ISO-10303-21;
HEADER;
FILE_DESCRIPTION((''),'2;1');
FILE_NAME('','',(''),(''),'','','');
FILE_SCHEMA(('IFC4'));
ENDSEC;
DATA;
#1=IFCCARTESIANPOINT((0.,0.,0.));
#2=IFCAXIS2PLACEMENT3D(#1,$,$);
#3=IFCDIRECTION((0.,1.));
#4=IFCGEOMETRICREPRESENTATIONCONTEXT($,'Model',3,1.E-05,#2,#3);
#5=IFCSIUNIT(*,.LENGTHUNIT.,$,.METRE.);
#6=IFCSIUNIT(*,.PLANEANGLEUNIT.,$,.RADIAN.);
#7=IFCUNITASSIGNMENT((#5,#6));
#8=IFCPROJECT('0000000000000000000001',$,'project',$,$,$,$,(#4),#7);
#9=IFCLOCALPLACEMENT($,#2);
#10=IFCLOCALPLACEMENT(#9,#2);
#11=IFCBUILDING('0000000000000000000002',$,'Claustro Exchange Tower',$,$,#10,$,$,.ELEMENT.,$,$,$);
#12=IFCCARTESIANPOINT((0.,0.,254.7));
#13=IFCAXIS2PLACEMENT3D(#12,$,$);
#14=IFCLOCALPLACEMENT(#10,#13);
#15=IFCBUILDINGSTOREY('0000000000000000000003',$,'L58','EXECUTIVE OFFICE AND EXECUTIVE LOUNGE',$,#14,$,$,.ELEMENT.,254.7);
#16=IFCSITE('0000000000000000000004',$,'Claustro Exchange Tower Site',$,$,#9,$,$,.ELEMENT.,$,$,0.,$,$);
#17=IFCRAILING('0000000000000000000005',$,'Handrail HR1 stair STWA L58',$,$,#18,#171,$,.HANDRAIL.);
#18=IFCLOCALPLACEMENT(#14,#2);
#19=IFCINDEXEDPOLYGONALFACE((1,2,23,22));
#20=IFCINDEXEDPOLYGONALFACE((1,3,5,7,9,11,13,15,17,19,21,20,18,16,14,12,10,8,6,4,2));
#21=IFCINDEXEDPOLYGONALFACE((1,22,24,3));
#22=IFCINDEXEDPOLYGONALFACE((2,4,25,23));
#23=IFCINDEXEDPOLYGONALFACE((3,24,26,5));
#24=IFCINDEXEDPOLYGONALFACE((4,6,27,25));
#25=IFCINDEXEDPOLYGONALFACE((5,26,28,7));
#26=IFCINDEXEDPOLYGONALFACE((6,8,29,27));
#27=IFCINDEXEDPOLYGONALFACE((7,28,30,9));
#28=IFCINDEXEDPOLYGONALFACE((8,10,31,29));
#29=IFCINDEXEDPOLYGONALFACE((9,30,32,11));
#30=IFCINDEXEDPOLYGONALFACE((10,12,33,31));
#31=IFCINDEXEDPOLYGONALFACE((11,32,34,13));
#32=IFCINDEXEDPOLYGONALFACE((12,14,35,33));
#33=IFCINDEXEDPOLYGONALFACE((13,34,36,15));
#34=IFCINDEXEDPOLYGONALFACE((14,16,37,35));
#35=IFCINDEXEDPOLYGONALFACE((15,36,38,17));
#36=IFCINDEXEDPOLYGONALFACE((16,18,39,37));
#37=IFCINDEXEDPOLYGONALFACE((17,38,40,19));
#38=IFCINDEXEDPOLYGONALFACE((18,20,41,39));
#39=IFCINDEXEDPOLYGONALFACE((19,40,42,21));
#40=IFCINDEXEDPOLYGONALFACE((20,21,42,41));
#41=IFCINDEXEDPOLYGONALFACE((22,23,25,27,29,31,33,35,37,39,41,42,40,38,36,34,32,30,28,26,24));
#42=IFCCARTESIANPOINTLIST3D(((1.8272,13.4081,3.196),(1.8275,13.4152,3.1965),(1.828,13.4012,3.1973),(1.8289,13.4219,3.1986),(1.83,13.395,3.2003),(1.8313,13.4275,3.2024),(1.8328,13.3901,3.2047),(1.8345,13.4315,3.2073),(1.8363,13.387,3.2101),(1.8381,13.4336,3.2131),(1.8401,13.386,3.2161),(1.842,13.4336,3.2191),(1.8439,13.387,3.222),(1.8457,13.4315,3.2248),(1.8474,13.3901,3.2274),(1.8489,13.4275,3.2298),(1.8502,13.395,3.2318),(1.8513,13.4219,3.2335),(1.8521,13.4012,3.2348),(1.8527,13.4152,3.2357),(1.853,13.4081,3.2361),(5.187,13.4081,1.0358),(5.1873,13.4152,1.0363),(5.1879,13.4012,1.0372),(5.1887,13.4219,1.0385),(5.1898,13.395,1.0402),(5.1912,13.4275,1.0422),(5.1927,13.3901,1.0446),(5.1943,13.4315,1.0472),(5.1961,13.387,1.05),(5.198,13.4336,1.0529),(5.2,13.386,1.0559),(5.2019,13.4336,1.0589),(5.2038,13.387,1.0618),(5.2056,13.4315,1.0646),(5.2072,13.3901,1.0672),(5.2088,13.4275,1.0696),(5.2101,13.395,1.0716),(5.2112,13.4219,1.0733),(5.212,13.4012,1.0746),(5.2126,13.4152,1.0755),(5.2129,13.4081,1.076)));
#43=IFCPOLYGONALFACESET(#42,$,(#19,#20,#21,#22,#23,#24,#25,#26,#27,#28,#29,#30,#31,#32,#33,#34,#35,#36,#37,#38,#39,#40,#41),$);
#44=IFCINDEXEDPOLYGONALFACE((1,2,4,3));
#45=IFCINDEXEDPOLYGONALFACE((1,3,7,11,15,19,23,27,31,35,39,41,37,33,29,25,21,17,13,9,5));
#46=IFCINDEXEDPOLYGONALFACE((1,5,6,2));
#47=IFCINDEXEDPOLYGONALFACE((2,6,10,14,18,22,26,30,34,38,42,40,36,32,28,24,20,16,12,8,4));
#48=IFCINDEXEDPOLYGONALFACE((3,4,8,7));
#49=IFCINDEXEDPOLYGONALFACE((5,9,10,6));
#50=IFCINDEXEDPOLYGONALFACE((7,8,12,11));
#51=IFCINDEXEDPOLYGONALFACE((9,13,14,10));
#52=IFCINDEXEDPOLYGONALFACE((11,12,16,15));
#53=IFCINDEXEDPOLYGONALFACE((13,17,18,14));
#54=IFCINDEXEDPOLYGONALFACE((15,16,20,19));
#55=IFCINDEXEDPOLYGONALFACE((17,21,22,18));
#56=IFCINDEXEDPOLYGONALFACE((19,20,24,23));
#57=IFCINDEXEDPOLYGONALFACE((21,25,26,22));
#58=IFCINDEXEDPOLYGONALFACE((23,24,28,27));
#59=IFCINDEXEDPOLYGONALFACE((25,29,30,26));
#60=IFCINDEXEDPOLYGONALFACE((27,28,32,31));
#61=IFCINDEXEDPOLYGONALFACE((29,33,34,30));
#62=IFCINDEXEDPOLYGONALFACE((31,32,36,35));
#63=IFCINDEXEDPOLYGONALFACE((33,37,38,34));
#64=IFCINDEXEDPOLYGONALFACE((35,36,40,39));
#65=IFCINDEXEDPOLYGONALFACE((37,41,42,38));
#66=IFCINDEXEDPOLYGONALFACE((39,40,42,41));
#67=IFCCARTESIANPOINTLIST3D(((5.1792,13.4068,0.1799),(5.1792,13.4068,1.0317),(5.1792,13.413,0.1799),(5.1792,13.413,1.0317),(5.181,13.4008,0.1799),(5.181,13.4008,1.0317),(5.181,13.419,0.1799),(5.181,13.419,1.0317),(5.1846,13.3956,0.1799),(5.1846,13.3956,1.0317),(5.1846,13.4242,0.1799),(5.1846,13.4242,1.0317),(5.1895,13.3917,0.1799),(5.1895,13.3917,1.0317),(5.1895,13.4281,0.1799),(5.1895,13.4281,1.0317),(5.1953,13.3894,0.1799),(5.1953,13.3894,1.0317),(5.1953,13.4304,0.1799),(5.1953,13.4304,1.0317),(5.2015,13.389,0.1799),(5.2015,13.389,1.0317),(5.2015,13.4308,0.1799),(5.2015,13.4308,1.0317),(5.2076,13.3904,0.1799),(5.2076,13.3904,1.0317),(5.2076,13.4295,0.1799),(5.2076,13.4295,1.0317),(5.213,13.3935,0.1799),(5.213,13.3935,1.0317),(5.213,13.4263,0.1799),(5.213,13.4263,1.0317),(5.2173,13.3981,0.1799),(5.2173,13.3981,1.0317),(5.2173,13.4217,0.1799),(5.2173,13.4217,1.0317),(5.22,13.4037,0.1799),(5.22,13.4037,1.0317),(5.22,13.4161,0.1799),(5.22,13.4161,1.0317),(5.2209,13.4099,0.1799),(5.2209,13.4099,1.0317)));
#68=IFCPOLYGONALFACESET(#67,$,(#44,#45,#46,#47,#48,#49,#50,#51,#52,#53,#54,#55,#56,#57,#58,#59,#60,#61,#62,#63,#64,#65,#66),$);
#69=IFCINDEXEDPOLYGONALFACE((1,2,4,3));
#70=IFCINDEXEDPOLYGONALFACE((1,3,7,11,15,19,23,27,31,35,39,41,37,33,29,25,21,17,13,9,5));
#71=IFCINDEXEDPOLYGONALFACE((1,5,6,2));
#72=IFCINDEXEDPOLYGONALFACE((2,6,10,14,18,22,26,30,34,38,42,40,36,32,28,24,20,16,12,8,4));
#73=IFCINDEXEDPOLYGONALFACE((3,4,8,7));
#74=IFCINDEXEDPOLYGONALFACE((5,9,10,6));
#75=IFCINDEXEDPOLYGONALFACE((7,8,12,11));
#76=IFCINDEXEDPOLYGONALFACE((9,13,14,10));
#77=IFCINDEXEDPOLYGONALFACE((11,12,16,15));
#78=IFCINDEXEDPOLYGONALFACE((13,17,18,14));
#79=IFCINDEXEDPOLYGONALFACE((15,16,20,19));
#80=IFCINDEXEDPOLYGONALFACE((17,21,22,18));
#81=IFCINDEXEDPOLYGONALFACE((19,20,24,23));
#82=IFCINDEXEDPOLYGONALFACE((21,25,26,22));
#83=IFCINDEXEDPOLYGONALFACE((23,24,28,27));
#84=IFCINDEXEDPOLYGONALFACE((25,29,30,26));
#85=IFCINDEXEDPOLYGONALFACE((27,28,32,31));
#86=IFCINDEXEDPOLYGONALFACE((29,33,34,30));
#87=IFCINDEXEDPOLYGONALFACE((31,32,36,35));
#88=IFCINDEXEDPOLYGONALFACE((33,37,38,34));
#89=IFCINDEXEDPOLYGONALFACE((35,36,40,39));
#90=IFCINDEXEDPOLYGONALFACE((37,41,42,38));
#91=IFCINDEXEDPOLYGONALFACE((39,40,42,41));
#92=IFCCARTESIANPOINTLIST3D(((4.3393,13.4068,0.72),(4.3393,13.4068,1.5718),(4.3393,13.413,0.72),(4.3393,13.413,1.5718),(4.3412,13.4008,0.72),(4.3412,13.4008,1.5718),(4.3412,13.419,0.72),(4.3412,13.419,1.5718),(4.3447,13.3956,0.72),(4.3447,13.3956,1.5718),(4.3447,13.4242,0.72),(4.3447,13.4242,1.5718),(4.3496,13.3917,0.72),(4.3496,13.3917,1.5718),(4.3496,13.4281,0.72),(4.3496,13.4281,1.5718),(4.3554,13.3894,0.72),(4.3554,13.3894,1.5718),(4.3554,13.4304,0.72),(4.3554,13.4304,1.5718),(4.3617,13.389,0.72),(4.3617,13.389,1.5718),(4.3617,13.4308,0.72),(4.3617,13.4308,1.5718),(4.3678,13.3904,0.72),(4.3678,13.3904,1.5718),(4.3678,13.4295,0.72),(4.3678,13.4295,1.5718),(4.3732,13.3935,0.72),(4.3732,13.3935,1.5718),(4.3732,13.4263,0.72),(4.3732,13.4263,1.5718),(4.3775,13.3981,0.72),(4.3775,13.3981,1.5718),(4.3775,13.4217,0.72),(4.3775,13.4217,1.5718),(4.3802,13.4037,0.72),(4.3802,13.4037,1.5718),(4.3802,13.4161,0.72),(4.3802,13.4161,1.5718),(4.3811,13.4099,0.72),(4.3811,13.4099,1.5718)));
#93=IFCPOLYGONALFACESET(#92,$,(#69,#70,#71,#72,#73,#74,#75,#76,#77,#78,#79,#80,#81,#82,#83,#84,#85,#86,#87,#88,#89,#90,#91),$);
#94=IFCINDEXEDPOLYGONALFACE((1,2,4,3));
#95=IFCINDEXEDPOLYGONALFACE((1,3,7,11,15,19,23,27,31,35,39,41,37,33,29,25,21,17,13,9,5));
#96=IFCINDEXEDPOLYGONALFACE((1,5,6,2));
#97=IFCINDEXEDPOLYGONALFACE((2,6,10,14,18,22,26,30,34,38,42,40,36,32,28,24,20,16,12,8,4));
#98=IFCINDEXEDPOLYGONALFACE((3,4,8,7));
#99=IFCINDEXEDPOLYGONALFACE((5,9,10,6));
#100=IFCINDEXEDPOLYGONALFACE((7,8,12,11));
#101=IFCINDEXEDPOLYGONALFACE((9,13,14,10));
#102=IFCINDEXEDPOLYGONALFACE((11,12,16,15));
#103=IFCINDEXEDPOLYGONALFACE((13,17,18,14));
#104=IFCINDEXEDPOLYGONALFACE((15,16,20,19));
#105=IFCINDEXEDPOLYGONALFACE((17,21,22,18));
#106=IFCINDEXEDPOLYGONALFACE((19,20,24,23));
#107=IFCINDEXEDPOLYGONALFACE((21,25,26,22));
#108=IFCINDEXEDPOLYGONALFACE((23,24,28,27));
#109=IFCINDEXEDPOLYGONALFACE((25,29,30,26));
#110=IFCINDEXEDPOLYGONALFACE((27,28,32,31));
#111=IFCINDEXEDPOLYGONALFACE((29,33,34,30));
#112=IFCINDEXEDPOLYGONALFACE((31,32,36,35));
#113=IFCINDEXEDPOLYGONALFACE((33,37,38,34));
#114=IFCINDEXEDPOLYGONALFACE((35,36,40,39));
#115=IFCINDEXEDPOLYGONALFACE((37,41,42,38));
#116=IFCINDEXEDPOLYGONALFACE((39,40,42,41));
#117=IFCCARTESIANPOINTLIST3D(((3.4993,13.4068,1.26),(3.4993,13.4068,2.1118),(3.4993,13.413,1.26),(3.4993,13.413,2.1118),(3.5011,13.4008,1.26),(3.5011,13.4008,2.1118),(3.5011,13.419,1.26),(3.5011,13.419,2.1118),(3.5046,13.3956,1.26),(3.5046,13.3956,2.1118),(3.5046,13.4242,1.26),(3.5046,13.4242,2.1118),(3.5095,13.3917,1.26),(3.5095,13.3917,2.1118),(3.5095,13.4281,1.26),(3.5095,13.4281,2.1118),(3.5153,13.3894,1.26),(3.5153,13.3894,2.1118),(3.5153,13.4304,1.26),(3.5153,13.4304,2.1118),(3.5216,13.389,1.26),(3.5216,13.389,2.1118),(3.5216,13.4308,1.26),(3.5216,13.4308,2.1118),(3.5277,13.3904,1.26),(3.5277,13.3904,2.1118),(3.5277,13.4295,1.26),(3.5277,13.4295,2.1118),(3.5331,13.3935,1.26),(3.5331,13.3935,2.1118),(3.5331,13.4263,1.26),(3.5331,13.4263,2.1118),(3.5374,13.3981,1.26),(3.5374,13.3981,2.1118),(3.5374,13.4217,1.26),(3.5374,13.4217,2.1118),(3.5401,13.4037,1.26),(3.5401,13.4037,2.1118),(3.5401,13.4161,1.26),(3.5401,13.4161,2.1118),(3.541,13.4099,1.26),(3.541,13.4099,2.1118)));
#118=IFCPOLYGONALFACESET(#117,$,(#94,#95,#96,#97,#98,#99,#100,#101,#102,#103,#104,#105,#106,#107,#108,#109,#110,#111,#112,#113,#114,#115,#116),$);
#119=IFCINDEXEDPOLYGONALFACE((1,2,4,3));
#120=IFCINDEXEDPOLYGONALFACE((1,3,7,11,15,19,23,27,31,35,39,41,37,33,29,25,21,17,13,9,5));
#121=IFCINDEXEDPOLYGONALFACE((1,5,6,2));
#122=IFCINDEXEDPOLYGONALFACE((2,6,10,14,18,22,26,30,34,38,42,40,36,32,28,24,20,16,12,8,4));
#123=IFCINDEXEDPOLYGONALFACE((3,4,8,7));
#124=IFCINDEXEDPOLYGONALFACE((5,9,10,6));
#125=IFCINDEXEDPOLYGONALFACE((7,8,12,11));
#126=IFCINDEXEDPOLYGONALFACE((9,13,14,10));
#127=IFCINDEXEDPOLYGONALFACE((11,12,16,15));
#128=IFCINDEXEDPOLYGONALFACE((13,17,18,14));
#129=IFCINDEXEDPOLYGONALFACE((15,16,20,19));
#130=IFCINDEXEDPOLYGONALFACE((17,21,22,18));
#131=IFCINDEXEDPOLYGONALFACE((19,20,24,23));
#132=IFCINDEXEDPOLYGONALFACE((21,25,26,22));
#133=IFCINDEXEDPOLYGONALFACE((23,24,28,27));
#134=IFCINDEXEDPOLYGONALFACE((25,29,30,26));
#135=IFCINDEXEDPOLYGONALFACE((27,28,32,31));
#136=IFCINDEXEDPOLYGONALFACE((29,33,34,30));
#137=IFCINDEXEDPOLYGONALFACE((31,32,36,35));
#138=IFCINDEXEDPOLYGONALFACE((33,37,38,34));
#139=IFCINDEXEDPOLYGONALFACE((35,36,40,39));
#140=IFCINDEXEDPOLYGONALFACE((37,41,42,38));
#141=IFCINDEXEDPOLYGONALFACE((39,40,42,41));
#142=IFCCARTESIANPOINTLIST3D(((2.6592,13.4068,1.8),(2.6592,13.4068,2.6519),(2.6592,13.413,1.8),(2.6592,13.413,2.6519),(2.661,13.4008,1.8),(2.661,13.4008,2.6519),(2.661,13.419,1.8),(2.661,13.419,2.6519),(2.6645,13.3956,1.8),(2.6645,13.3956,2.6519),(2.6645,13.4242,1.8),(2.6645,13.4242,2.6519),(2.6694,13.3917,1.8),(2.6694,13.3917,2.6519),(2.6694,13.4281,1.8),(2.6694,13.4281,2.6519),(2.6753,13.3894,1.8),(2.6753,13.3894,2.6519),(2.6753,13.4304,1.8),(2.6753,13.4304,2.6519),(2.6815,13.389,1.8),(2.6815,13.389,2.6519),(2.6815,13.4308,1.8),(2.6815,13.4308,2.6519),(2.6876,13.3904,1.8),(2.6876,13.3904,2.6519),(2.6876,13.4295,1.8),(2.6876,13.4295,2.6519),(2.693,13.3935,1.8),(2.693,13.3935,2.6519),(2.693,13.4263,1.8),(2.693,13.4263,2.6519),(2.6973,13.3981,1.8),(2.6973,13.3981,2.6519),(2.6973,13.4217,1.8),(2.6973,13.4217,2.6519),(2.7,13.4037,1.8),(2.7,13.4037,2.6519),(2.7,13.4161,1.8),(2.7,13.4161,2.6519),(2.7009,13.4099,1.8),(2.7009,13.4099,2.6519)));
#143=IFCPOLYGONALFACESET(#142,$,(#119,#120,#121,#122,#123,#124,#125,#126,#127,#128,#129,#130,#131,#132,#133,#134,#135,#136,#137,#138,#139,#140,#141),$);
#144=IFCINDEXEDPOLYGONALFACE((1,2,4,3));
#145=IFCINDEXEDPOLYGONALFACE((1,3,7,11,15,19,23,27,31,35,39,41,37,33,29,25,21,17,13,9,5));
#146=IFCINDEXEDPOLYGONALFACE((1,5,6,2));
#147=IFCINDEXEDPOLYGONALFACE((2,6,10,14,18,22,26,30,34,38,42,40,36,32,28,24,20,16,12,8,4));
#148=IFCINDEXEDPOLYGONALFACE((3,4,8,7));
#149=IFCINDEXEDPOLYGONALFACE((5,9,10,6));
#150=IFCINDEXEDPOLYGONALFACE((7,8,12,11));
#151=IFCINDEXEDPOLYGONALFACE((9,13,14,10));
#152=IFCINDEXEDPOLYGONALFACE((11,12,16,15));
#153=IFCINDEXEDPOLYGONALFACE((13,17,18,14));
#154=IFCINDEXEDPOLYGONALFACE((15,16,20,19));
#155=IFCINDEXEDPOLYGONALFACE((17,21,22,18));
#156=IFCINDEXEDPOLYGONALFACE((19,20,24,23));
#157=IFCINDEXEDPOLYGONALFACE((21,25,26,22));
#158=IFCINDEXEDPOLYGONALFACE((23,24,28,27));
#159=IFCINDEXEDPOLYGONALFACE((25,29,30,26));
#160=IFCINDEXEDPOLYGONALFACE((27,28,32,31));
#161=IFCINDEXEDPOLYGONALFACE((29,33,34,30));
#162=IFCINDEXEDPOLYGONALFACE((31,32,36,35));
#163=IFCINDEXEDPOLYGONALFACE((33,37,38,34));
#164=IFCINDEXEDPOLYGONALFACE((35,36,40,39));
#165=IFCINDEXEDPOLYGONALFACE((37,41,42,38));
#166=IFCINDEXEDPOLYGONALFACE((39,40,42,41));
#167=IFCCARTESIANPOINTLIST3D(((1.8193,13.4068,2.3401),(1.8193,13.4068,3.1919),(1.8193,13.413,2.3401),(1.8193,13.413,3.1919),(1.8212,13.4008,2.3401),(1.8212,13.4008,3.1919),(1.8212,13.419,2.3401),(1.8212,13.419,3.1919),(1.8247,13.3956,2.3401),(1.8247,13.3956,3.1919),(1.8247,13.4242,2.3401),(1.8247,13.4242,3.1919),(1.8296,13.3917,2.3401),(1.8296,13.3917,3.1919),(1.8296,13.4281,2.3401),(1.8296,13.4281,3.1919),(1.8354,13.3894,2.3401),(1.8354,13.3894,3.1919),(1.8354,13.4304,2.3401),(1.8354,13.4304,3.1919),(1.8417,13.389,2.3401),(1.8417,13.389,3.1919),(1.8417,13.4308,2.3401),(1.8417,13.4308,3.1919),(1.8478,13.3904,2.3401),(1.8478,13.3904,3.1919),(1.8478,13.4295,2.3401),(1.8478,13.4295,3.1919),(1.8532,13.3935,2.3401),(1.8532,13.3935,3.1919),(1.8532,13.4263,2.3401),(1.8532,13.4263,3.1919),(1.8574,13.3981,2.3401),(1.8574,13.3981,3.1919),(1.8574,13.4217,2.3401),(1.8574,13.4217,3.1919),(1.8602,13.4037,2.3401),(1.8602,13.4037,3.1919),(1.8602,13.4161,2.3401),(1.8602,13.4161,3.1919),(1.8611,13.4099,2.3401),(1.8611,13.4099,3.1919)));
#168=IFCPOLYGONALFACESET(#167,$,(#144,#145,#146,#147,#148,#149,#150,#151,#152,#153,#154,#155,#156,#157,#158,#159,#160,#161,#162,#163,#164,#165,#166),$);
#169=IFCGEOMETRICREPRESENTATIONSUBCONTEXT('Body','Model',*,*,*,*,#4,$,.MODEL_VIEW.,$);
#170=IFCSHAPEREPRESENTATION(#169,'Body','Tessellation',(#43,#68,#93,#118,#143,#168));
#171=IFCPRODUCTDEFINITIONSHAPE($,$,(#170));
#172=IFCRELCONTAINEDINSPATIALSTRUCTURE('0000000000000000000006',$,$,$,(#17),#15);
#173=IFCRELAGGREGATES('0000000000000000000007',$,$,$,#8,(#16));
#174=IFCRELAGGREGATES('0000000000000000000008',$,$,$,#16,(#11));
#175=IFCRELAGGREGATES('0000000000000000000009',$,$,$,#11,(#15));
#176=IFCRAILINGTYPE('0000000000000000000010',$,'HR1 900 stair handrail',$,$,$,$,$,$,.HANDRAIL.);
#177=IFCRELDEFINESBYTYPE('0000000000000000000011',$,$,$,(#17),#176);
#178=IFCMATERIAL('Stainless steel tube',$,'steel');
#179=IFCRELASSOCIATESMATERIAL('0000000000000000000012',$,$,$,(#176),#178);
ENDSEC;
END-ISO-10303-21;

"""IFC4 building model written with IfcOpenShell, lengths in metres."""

from ifc_helpers import new_model, si_unit, direction, frame, origin, origin_2d, place, context, subcontext, project, spatial, circle, extrude, material, type_object, element, save


model = new_model("IFC4")

# Units and contexts
model_context = context("Model", 3, precision=1e-05, world=origin(), true_north=direction((0.0, 1.0)))
body_context = subcontext(model_context, "Body", "Model", "MODEL_VIEW")
ifc_project = project(units=[si_unit("LENGTHUNIT", "METRE"), si_unit("PLANEANGLEUNIT", "RADIAN")], contexts=[model_context])

# Site, building, storey
site_placement = place(None, origin())
site = spatial("IfcSite", under=ifc_project, at=site_placement, Name="Claustro Exchange Tower Site", CompositionType="ELEMENT", RefElevation=0.0)
building_placement = place(site_placement, origin())
building = spatial("IfcBuilding", under=site, at=building_placement, Name="Claustro Exchange Tower", CompositionType="ELEMENT")
storey_placement = place(building_placement, frame((0.0, 0.0, 254.7)))
storey = spatial("IfcBuildingStorey", under=building, at=storey_placement, Name="L58", Description="EXECUTIVE OFFICE AND EXECUTIVE LOUNGE", CompositionType="ELEMENT", Elevation=254.7)

# Railing
ifc_material_1 = material(Name="Stainless steel tube", Category="steel")
railing_type_1 = type_object("IfcRailingType", Name="HR1 900 stair handrail", PredefinedType="HANDRAIL", material=ifc_material_1)
railing_1_placement = place(storey_placement, frame((5.2, 13.4099, 0.1799)))
element("IfcRailing", 1, at=railing_1_placement, inside=storey, type_object=railing_type_1, Name="Handrail HR1 stair STWA L58", PredefinedType="HANDRAIL", context=body_context, shape_type="SweptSolid", body=[
    extrude(circle(Radius=0.0239, at=origin_2d()), frame((0.0, 0.0, 0.876), z_axis=(-0.841151, 0.0, 0.540801), x_axis=(0.0, -1.0, 0.0)), (0.0, 0.0, 1.0), 3.9944),
    extrude(circle(Radius=0.021, at=origin_2d()), origin(), (0.0, 0.0, 1.0), 0.8518),
    extrude(circle(Radius=0.021, at=origin_2d()), frame((-0.8398, 0.0, 0.54)), (0.0, 0.0, 1.0), 0.8518),
    extrude(circle(Radius=0.021, at=origin_2d()), frame((-1.6799, 0.0, 1.0801)), (0.0, 0.0, 1.0), 0.8518),
    extrude(circle(Radius=0.021, at=origin_2d()), frame((-2.52, 0.0, 1.6201)), (0.0, 0.0, 1.0), 0.8518),
    extrude(circle(Radius=0.021, at=origin_2d()), frame((-3.3599, 0.0, 2.1602)), (0.0, 0.0, 1.0), 0.8518),
])

save(model, "model.ifc")
